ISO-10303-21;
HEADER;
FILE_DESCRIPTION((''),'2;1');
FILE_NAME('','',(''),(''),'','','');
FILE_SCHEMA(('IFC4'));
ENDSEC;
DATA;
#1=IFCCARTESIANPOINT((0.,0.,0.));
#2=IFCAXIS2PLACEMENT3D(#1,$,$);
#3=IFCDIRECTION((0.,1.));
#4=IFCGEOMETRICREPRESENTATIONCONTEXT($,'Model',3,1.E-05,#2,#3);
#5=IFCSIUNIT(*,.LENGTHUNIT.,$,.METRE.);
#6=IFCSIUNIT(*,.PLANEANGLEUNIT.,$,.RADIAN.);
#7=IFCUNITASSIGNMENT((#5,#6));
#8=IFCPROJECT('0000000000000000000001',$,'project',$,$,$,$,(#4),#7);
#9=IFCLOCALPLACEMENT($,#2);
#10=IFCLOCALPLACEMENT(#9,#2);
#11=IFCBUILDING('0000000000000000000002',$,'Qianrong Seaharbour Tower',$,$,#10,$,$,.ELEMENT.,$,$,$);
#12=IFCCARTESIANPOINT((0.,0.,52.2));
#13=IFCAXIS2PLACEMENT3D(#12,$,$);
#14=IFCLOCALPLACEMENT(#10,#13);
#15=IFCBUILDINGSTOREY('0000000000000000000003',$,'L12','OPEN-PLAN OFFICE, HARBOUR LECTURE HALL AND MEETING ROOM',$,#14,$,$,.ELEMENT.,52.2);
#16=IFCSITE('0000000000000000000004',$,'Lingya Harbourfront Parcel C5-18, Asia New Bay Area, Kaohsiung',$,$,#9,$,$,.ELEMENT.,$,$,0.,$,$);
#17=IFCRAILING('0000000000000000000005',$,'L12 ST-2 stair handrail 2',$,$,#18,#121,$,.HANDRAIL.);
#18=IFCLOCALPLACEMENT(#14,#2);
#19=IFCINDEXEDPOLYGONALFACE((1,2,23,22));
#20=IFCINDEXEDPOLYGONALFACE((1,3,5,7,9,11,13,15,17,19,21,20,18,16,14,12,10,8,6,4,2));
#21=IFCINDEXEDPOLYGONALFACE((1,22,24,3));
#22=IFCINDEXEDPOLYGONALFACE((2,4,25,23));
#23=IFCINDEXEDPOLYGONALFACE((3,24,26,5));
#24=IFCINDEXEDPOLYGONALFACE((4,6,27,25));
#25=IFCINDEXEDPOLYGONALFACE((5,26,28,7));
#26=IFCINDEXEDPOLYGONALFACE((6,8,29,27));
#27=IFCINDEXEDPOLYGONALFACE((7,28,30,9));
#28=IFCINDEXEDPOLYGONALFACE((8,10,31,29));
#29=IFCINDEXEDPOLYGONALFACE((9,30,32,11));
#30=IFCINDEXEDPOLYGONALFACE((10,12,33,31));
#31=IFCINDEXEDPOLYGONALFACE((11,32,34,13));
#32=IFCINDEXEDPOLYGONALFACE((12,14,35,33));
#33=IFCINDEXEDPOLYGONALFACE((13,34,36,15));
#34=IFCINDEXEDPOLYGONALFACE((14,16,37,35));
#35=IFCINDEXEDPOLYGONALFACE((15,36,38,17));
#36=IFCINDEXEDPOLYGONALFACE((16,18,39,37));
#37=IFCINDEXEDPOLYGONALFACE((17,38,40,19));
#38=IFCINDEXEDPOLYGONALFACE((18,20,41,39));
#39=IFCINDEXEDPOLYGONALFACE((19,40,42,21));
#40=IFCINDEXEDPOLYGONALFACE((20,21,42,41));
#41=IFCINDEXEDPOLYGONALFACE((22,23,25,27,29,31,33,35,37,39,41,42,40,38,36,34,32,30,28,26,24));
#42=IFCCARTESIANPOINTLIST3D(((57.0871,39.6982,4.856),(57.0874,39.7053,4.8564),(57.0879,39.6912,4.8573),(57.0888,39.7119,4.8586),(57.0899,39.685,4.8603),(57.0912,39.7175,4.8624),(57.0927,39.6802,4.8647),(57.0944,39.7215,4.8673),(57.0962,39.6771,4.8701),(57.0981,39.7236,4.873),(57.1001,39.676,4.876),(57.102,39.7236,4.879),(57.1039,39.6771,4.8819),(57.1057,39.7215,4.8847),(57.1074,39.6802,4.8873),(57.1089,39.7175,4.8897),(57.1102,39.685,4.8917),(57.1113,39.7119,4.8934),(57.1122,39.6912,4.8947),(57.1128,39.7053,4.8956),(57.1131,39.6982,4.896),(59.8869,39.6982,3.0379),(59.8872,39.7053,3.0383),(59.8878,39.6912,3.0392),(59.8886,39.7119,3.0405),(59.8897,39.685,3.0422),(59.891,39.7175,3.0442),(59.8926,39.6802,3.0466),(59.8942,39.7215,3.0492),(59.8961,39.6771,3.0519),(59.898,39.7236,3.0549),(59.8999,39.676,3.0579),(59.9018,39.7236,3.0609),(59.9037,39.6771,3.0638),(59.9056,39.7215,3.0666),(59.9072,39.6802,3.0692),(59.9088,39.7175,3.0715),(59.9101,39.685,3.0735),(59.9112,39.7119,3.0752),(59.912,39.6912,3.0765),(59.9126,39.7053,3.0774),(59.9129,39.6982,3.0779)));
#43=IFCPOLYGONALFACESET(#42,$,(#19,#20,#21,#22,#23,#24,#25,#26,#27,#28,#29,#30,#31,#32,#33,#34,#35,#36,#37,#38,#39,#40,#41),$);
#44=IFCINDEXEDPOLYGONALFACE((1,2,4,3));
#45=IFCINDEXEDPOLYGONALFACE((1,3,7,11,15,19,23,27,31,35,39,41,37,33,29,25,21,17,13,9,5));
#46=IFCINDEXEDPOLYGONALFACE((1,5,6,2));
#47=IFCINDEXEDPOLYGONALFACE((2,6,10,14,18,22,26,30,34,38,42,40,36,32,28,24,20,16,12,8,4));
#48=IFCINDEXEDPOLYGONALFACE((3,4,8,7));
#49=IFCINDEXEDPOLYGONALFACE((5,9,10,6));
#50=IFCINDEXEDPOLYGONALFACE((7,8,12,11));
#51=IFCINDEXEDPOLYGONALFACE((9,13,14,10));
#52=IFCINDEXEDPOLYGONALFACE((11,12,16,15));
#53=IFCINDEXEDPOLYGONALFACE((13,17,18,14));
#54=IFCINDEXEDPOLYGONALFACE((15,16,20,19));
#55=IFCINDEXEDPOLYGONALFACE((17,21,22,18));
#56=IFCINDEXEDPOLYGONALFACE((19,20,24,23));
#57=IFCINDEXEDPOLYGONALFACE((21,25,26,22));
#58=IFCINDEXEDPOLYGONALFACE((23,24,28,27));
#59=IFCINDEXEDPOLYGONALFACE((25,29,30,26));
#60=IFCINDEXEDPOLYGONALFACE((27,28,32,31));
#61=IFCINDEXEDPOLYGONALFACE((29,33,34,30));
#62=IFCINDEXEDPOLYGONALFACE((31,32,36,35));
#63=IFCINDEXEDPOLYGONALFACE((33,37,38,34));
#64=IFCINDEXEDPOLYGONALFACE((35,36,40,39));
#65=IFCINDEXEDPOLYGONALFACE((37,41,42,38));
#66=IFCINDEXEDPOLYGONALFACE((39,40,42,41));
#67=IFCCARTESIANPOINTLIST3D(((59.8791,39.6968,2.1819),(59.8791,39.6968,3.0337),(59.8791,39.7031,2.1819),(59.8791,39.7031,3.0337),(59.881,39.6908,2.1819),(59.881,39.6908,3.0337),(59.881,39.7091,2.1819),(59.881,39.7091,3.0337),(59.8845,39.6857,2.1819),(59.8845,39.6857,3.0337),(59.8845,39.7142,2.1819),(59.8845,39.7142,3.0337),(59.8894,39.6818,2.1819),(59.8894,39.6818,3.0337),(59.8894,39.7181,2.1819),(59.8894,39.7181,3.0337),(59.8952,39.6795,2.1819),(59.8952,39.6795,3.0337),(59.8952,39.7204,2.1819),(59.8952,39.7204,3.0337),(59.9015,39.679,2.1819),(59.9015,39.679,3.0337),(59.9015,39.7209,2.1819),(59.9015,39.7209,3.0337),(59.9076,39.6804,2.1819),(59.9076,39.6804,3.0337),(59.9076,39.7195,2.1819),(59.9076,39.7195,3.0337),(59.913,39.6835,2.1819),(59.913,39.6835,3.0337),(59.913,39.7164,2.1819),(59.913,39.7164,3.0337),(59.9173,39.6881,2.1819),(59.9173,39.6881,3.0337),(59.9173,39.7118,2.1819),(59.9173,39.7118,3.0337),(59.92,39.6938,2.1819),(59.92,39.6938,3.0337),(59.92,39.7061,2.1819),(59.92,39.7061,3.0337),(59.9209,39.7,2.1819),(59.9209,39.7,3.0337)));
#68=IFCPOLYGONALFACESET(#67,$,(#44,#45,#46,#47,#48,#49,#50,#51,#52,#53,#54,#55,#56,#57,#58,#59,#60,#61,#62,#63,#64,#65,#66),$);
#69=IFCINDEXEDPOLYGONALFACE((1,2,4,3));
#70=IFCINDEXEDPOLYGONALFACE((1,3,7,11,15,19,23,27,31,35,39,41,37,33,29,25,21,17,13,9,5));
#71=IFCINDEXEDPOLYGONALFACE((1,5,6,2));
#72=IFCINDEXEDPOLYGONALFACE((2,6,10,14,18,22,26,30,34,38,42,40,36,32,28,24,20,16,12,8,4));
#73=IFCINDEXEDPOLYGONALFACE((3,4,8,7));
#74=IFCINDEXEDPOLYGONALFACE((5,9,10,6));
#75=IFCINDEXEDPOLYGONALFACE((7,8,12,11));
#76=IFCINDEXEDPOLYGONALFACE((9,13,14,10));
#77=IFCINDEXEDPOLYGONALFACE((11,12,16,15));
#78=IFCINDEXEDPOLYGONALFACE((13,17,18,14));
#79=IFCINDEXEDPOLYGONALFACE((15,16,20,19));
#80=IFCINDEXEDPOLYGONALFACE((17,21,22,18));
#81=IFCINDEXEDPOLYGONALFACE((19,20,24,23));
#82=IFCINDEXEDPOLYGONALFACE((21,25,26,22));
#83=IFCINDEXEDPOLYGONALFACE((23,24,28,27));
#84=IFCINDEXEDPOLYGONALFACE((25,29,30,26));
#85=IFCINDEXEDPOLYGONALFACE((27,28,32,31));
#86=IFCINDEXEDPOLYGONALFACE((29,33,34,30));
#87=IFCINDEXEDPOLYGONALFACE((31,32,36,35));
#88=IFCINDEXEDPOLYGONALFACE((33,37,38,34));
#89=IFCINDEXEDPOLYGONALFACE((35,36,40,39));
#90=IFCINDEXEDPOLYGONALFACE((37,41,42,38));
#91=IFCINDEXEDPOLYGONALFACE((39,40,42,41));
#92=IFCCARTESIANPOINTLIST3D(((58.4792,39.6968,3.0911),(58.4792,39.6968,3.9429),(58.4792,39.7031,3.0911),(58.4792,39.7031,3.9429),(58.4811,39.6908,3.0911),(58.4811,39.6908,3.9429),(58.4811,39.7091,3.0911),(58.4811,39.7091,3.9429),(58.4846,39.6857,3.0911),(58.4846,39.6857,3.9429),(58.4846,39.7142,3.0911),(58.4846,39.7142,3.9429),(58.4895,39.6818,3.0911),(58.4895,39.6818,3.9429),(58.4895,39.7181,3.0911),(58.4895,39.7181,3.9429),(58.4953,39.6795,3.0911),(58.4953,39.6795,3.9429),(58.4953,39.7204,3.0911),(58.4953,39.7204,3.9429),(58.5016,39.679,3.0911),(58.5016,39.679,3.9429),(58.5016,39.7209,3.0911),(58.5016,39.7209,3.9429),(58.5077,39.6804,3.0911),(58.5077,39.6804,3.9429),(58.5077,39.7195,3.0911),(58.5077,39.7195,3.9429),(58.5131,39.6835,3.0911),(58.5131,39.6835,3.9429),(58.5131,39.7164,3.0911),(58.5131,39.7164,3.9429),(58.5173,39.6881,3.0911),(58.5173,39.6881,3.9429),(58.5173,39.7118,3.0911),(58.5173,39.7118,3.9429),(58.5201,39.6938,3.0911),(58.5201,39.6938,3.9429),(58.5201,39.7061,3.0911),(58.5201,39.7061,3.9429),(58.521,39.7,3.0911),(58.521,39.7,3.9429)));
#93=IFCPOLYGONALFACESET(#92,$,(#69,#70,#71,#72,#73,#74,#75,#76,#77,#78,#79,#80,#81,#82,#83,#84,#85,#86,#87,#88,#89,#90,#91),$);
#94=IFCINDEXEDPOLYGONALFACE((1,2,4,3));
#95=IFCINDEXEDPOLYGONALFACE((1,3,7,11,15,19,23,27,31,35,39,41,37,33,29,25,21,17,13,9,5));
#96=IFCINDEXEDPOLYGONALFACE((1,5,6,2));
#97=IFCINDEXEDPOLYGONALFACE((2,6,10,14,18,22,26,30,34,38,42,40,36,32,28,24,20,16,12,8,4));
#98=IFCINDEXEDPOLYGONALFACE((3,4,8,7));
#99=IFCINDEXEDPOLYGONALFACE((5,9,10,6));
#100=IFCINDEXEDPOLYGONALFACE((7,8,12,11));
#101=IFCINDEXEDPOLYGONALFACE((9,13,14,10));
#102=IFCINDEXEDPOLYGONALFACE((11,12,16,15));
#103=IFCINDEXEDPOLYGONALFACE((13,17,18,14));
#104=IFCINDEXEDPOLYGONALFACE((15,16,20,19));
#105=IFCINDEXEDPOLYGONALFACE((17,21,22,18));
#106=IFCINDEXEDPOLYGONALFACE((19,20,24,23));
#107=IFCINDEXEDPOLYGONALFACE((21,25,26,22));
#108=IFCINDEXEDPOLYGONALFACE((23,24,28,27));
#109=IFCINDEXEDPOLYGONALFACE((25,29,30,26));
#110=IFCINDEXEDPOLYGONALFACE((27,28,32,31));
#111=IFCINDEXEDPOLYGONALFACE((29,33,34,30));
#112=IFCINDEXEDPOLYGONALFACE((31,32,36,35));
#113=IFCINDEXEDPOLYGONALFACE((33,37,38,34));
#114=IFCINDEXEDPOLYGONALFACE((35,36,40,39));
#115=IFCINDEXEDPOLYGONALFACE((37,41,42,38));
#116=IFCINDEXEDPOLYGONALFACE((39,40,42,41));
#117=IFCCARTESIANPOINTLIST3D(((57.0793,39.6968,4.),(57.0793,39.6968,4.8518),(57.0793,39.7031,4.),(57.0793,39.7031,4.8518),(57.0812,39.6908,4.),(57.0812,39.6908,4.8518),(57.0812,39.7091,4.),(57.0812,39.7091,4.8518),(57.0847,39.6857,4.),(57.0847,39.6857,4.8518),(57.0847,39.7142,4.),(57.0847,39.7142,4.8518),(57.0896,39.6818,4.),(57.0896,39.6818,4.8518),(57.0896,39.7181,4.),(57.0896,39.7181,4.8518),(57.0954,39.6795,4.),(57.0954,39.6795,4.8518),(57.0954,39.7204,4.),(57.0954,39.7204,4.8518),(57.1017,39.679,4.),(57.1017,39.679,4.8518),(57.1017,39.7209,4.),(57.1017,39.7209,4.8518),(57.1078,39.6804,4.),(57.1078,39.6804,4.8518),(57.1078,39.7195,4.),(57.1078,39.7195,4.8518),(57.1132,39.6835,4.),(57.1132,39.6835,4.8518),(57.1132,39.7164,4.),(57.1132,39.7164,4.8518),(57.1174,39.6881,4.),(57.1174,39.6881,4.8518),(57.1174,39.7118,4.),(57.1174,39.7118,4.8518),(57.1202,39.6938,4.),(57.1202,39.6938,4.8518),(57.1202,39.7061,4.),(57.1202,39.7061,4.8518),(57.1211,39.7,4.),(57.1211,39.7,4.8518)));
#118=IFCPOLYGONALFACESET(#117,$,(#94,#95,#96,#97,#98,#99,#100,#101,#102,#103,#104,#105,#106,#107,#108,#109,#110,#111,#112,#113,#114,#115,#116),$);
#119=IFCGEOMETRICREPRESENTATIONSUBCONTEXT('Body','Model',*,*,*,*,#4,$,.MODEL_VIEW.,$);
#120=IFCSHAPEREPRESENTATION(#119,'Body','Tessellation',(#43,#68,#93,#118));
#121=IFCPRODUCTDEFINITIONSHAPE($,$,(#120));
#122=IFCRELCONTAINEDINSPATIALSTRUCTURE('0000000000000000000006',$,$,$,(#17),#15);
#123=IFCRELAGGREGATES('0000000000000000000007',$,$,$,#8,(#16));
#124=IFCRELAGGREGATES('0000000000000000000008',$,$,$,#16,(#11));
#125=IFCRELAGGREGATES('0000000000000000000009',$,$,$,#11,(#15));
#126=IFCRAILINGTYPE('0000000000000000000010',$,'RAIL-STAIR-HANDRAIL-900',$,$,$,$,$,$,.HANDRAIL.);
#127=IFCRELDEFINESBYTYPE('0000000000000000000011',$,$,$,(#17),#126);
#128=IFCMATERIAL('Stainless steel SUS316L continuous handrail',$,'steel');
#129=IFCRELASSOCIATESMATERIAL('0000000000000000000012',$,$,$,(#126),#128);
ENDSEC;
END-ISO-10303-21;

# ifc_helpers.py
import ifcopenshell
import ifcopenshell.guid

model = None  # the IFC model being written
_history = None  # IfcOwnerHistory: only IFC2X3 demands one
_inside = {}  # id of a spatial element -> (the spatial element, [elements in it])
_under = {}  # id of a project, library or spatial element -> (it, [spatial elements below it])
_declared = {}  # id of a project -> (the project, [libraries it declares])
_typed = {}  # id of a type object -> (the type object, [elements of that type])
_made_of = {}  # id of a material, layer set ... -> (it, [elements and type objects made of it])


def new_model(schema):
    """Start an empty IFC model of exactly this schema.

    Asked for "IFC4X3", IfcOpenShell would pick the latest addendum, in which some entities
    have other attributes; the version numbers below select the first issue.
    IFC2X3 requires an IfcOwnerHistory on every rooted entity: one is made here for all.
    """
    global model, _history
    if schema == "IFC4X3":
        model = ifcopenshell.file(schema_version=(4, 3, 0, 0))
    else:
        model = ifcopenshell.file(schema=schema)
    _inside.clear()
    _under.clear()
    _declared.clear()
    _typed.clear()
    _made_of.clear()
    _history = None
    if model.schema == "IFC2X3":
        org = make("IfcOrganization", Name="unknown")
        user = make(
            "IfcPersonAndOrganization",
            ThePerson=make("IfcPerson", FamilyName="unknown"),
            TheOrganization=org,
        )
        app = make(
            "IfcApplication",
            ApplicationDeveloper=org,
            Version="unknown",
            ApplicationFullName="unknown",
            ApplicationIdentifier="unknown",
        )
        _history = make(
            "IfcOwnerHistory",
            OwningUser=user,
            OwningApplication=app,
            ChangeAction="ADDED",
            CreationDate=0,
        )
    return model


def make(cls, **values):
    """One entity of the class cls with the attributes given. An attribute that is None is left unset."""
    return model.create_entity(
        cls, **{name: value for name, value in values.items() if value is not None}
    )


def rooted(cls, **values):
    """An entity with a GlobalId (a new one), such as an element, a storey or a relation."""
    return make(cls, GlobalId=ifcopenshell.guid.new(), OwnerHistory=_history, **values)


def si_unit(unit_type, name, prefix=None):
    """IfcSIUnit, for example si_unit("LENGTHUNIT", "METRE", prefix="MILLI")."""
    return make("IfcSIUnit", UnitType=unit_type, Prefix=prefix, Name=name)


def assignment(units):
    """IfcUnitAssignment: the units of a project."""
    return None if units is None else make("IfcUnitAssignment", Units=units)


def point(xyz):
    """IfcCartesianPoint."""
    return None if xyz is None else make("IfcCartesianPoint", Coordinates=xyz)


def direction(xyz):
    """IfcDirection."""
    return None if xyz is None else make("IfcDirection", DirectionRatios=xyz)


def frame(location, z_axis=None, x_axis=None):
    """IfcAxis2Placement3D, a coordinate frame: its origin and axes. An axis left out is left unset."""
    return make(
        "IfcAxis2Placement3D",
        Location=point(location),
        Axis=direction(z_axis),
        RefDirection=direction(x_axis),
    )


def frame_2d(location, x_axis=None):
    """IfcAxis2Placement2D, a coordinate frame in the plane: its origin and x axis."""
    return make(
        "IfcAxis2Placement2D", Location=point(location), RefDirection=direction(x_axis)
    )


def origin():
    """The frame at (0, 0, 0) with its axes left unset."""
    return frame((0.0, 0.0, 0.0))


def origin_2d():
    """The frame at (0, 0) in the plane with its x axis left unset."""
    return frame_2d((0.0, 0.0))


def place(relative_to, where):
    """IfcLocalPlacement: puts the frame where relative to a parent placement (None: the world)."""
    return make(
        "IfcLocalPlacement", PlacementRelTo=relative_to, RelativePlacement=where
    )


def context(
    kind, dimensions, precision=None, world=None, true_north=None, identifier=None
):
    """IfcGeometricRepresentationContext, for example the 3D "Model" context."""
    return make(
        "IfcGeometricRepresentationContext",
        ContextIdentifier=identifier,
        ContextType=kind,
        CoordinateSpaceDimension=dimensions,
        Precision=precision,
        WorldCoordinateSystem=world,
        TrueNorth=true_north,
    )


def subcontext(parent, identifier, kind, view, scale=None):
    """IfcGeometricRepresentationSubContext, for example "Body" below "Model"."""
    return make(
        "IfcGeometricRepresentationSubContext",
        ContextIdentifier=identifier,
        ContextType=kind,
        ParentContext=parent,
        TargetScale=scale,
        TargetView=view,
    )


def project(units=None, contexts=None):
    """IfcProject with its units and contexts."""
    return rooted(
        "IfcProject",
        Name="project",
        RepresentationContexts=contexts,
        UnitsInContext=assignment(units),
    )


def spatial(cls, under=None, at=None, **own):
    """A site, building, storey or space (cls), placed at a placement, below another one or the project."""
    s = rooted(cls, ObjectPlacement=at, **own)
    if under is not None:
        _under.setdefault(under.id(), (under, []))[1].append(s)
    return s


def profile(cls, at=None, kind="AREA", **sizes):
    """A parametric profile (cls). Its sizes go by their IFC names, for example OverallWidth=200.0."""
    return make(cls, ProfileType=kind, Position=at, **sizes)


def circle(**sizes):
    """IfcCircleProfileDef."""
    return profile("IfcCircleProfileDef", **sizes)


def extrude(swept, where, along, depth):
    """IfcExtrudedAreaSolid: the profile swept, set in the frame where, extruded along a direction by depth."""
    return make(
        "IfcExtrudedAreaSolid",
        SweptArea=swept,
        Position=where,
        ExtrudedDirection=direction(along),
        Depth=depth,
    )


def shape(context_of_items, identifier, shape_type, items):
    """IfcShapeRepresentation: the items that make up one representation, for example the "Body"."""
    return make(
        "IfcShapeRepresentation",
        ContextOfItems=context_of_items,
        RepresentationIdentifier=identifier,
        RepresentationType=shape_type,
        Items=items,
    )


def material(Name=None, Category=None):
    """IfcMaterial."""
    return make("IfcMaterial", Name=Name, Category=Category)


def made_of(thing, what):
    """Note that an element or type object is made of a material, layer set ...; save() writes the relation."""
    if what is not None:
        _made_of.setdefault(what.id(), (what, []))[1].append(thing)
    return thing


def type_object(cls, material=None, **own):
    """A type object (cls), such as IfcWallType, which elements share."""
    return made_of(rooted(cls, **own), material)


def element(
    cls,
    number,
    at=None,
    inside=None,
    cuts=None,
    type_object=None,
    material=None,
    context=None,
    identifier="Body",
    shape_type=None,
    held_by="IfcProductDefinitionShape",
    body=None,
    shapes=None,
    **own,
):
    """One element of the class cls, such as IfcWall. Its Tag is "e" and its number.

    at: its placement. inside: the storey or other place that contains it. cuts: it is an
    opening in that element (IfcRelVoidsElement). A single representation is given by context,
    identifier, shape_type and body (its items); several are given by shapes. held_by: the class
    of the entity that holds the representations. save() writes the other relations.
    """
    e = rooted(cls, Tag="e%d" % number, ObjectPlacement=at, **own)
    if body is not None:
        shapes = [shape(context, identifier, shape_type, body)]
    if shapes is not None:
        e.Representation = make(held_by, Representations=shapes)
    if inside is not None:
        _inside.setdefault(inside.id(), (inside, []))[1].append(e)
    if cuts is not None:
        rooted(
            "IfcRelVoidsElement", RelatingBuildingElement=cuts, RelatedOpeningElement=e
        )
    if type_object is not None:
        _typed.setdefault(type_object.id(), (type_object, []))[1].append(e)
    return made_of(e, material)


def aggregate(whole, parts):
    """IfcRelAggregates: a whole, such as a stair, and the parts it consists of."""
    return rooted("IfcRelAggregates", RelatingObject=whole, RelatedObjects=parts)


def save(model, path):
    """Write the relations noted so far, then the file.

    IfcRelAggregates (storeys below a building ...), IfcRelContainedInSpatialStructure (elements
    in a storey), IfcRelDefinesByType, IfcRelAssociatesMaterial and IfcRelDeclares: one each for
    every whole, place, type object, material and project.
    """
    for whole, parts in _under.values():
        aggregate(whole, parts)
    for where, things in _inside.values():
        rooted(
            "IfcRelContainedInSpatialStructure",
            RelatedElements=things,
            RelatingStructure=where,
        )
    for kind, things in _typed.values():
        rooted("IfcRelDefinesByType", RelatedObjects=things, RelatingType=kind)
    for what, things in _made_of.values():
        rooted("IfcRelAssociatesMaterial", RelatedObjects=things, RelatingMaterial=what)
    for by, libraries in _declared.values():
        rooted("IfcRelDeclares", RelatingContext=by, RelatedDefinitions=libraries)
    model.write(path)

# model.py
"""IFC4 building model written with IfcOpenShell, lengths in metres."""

from ifc_helpers import new_model, si_unit, direction, frame, origin, origin_2d, place, context, subcontext, project, spatial, circle, extrude, material, type_object, element, save


model = new_model("IFC4")

# Units and contexts
model_context = context("Model", 3, precision=1e-05, world=origin(), true_north=direction((0.0, 1.0)))
body_context = subcontext(model_context, "Body", "Model", "MODEL_VIEW")
ifc_project = project(units=[si_unit("LENGTHUNIT", "METRE"), si_unit("PLANEANGLEUNIT", "RADIAN")], contexts=[model_context])

# Site, building, storey
site_placement = place(None, origin())
site = spatial("IfcSite", under=ifc_project, at=site_placement, Name="Lingya Harbourfront Parcel C5-18, Asia New Bay Area, Kaohsiung", CompositionType="ELEMENT", RefElevation=0.0)
building_placement = place(site_placement, origin())
building = spatial("IfcBuilding", under=site, at=building_placement, Name="Qianrong Seaharbour Tower", CompositionType="ELEMENT")
storey_placement = place(building_placement, frame((0.0, 0.0, 52.2)))
storey = spatial("IfcBuildingStorey", under=building, at=storey_placement, Name="L12", Description="OPEN-PLAN OFFICE, HARBOUR LECTURE HALL AND MEETING ROOM", CompositionType="ELEMENT", Elevation=52.2)

# Railing
ifc_material_1 = material(Name="Stainless steel SUS316L continuous handrail", Category="steel")
railing_type_1 = type_object("IfcRailingType", Name="RAIL-STAIR-HANDRAIL-900", PredefinedType="HANDRAIL", material=ifc_material_1)
railing_1_placement = place(storey_placement, frame((59.8999, 39.7, 2.1819)))
element("IfcRailing", 1, at=railing_1_placement, inside=storey, type_object=railing_type_1, Name="L12 ST-2 stair handrail 2", PredefinedType="HANDRAIL", context=body_context, shape_type="SweptSolid", body=[
    extrude(circle(Radius=0.0239, at=origin_2d()), frame((0.0, 0.0, 0.876), z_axis=(-0.838684, 0.0, 0.544618), x_axis=(0.0, -1.0, 0.0)), (0.0, 0.0, 1.0), 3.3384),
    extrude(circle(Radius=0.021, at=origin_2d()), origin(), (0.0, 0.0, 1.0), 0.8518),
    extrude(circle(Radius=0.021, at=origin_2d()), frame((-1.3999, 0.0, 0.9092)), (0.0, 0.0, 1.0), 0.8518),
    extrude(circle(Radius=0.021, at=origin_2d()), frame((-2.7998, 0.0, 1.8181)), (0.0, 0.0, 1.0), 0.8518),
])

save(model, "model.ifc")
